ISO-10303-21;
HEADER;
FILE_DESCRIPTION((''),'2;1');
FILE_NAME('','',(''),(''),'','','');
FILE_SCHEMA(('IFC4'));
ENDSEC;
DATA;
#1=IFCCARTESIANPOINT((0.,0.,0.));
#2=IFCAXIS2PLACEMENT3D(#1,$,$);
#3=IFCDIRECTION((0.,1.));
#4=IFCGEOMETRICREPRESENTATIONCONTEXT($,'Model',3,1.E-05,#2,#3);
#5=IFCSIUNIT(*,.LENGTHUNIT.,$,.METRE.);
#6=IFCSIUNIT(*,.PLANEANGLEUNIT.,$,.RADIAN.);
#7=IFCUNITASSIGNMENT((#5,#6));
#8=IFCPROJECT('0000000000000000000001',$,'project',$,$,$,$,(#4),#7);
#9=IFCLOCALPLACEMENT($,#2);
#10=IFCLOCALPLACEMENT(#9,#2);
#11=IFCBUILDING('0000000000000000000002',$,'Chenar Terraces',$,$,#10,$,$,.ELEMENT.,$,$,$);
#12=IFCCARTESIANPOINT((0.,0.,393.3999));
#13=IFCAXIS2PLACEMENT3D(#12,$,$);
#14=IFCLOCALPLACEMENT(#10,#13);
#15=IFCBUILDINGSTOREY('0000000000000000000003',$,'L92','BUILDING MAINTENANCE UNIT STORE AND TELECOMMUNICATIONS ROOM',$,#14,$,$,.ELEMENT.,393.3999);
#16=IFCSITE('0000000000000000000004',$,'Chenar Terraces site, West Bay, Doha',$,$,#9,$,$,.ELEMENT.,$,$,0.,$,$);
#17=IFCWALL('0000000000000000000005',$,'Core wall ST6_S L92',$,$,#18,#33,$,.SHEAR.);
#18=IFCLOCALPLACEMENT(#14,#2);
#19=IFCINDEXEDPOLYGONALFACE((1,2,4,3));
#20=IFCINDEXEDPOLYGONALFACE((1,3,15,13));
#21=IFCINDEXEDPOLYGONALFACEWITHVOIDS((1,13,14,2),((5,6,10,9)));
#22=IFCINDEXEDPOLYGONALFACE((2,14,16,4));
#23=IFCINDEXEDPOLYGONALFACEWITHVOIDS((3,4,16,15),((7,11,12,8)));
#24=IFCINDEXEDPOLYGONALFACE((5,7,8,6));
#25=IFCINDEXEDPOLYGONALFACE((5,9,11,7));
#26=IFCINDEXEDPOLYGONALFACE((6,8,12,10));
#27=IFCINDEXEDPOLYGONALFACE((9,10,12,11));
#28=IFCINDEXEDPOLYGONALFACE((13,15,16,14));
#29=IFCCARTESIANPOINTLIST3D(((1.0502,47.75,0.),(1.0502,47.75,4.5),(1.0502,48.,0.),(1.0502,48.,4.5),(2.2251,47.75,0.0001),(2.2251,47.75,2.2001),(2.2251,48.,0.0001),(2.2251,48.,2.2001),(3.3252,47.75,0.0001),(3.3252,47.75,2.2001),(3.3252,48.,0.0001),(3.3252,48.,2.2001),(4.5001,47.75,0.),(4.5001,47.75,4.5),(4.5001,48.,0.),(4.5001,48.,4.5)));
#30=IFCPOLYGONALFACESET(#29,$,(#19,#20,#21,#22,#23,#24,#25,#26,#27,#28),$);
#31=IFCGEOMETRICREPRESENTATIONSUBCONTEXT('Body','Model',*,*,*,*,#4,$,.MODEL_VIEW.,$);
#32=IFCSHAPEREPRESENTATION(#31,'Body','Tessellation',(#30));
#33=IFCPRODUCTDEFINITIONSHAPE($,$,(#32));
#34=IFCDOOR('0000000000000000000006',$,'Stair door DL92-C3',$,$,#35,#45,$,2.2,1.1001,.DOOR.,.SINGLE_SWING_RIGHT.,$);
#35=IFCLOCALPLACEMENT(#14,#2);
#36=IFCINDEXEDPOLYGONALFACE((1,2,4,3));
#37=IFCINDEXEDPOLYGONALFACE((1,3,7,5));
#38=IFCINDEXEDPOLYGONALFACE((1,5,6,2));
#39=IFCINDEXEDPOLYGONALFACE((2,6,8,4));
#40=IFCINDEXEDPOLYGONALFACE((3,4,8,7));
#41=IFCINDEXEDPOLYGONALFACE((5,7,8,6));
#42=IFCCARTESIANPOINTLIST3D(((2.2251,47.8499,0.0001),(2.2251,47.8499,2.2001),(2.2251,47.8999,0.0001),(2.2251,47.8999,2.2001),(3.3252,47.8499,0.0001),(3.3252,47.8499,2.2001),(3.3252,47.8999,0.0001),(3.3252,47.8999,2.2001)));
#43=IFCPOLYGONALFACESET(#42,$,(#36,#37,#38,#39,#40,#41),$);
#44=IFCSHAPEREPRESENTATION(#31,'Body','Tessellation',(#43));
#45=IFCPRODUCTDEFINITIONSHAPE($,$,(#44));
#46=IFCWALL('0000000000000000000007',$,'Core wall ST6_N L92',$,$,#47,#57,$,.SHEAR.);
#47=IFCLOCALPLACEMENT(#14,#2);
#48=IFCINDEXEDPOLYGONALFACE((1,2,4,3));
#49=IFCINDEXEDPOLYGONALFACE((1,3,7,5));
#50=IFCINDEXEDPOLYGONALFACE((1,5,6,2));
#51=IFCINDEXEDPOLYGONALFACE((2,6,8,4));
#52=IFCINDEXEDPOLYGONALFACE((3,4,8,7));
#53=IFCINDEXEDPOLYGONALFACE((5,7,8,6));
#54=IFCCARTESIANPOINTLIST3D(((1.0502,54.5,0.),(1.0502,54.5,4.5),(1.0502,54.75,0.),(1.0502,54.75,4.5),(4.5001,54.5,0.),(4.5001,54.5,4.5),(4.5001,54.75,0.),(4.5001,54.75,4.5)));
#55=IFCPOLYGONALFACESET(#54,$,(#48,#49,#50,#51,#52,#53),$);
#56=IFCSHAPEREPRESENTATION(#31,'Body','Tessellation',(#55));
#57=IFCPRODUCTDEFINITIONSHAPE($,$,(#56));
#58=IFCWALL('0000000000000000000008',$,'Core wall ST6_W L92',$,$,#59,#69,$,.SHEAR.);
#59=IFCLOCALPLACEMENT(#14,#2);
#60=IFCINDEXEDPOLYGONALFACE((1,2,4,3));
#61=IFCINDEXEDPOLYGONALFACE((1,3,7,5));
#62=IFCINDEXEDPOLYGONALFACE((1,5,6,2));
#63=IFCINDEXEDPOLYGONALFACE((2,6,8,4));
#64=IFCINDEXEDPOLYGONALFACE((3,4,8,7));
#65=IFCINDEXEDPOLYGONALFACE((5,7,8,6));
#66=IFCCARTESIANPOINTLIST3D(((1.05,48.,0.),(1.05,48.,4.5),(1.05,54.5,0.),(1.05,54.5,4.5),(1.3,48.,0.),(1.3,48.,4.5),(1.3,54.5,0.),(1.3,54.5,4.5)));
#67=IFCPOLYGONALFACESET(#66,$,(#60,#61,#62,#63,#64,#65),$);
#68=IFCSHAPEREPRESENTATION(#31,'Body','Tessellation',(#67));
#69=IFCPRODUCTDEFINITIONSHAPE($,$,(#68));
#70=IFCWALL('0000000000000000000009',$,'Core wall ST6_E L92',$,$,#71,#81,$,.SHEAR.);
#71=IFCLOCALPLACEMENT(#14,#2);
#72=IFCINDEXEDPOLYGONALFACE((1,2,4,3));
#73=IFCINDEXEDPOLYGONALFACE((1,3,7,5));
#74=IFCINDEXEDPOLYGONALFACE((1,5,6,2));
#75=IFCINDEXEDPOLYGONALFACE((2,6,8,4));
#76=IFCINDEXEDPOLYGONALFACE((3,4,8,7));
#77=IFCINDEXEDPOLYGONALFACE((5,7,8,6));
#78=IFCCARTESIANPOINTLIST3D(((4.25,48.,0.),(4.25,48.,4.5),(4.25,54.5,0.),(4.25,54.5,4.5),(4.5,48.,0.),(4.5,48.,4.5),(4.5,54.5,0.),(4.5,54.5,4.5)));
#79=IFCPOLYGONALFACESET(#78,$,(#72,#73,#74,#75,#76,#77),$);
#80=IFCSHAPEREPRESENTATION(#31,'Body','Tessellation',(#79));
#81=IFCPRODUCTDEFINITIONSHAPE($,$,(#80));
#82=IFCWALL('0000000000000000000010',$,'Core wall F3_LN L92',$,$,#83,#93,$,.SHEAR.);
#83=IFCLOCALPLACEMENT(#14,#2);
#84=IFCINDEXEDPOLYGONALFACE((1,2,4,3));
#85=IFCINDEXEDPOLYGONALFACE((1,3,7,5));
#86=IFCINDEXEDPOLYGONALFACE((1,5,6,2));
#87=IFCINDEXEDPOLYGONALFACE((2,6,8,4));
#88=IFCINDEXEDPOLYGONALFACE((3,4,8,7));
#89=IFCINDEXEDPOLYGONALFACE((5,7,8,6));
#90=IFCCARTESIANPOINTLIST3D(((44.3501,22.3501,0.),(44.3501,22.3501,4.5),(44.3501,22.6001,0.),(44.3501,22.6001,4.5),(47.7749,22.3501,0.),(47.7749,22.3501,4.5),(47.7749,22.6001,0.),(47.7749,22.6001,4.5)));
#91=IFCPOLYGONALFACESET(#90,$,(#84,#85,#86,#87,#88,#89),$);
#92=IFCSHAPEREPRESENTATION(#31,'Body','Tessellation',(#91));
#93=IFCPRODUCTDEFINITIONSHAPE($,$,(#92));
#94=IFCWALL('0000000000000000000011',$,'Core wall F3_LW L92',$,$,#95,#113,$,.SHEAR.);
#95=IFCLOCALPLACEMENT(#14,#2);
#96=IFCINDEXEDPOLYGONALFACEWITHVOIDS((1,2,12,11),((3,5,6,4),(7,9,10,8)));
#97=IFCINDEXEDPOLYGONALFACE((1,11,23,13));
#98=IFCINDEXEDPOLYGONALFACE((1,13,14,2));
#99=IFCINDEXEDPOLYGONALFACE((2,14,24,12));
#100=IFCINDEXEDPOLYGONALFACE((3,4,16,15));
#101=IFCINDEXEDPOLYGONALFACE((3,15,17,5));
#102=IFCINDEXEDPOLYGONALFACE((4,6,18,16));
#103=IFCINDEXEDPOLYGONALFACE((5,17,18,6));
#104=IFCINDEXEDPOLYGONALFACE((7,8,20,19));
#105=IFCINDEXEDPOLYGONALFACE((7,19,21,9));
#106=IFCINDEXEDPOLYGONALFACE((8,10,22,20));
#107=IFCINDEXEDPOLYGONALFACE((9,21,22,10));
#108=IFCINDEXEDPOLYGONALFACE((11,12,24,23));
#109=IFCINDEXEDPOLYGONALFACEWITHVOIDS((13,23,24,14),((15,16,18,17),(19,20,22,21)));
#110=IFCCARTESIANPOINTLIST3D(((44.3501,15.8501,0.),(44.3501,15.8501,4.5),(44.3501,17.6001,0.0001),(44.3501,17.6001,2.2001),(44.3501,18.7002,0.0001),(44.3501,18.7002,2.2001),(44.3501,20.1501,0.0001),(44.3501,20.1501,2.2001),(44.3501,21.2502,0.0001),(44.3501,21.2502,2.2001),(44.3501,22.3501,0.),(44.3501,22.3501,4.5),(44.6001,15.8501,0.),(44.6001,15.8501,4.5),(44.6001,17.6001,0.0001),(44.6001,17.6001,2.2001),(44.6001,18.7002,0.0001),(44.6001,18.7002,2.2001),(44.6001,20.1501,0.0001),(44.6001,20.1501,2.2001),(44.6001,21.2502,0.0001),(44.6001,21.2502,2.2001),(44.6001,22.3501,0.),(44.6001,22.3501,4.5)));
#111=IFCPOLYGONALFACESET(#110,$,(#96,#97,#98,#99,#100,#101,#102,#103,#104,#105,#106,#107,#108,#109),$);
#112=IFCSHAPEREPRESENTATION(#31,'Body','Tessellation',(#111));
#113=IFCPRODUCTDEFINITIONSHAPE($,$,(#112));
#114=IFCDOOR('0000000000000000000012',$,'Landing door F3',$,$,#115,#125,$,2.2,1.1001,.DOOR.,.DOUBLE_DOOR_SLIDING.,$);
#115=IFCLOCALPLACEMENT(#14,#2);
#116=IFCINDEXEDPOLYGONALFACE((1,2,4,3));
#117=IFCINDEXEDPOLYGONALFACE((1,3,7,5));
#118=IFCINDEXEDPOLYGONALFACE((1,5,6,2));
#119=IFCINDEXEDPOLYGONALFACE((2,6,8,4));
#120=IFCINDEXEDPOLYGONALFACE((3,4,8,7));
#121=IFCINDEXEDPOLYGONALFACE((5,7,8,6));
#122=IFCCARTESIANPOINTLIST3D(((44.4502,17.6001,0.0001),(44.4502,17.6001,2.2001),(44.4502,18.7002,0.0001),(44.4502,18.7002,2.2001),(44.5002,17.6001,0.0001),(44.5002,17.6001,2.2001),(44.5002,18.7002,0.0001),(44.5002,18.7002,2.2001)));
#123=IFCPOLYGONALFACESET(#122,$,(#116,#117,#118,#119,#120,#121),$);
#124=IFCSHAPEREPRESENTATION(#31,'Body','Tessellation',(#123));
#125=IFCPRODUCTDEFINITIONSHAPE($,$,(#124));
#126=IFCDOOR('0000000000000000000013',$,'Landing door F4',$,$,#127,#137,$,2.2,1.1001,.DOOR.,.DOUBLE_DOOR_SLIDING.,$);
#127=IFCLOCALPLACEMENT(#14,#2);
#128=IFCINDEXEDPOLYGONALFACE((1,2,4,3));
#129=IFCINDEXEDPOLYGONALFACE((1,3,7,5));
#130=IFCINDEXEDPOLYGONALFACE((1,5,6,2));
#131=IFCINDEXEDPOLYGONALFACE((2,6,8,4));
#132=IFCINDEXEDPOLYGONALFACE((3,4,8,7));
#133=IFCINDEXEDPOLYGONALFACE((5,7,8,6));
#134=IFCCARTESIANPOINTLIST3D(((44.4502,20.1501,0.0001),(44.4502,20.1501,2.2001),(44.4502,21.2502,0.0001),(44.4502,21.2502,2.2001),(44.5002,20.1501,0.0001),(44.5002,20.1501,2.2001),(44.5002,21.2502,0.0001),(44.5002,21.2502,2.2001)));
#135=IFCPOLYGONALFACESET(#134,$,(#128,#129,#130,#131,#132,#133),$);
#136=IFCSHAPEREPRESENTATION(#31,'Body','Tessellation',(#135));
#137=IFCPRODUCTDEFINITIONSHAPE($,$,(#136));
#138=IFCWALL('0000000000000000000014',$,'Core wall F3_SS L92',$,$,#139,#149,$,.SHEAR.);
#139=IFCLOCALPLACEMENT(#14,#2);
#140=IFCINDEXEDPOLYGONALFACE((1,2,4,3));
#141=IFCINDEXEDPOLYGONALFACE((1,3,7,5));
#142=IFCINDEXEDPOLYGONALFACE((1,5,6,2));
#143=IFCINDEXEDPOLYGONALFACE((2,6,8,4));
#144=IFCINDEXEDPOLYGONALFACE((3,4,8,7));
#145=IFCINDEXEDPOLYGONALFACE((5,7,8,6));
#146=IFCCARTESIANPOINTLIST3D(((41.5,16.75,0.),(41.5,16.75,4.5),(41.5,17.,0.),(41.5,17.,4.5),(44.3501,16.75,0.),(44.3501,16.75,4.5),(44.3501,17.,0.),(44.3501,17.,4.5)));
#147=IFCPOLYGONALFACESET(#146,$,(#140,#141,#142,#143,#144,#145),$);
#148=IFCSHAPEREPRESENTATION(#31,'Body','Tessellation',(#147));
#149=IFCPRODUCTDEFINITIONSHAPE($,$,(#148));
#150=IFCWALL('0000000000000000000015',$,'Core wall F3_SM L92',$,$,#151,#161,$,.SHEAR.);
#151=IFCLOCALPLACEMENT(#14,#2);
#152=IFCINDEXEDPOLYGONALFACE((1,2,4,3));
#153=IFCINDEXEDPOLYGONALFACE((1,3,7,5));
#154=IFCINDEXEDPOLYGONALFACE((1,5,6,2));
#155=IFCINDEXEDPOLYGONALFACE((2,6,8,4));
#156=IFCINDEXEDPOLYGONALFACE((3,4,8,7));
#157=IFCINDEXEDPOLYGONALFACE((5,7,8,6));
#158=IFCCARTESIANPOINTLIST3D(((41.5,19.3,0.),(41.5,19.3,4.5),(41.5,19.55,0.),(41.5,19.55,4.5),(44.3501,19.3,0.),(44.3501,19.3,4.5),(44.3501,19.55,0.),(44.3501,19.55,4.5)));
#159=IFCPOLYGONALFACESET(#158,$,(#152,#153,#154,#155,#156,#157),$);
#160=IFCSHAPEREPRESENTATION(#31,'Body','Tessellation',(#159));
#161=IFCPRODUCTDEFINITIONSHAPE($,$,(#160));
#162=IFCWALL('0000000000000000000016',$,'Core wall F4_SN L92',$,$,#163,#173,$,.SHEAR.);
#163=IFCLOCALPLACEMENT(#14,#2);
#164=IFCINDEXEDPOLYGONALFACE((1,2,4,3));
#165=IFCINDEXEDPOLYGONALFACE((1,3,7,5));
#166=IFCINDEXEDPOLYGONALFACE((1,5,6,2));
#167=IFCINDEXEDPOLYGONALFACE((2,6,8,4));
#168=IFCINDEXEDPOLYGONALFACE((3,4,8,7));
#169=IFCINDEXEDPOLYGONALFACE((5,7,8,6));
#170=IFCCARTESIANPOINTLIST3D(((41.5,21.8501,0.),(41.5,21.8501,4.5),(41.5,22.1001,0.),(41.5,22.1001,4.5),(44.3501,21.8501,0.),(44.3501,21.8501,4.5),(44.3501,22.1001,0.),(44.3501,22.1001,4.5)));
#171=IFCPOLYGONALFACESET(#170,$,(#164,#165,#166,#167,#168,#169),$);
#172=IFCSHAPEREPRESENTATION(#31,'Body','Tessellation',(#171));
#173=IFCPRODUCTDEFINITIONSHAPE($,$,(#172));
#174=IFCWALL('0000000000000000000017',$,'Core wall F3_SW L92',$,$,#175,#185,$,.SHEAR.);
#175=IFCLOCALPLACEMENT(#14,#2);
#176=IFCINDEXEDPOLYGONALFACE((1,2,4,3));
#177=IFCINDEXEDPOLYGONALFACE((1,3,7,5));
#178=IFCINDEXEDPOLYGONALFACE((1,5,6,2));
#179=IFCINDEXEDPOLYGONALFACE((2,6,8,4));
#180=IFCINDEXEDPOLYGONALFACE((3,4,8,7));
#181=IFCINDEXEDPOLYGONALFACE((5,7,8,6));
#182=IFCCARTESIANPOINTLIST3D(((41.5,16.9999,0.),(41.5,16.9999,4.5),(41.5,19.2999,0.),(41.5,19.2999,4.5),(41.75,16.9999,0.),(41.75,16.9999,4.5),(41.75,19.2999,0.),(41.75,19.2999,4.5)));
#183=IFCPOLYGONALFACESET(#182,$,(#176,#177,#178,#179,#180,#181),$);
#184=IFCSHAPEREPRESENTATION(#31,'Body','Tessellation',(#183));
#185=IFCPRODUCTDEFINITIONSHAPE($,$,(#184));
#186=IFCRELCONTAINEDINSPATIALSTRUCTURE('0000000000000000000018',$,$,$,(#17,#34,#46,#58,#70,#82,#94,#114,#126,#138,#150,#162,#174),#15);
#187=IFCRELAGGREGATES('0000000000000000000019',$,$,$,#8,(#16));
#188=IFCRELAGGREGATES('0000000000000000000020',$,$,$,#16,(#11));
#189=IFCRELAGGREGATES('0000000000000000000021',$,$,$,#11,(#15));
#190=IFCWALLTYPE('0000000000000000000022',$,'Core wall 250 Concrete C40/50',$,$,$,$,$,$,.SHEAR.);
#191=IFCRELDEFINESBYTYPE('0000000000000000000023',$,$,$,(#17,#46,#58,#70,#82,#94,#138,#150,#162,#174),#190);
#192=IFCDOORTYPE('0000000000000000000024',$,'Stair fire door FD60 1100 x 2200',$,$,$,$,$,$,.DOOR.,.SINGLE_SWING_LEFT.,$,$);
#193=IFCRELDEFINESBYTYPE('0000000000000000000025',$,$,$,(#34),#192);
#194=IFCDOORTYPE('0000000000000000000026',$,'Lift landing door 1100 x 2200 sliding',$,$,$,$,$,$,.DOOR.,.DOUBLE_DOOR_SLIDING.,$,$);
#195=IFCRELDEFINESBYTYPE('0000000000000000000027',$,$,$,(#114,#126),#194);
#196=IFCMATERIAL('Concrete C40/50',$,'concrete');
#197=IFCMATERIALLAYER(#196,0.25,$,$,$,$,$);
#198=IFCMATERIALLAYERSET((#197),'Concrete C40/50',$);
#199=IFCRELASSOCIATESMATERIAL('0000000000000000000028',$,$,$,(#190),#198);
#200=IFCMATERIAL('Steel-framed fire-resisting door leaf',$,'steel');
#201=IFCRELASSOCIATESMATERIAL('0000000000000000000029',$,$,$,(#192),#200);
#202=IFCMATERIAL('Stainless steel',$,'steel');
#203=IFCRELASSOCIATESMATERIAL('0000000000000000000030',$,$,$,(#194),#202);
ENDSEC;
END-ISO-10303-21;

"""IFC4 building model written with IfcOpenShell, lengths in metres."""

from ifc_helpers import new_model, si_unit, direction, frame, frame_2d, origin, place, context, subcontext, project, spatial, rectangle, extrude, material, layer, layer_set, type_object, element, fill, save


model = new_model("IFC4")

# Units and contexts
model_context = context("Model", 3, precision=1e-05, world=origin(), true_north=direction((0.0, 1.0)))
body_context = subcontext(model_context, "Body", "Model", "MODEL_VIEW")
ifc_project = project(units=[si_unit("LENGTHUNIT", "METRE"), si_unit("PLANEANGLEUNIT", "RADIAN")], contexts=[model_context])

# Site, building, storey
site_placement = place(None, origin())
site = spatial("IfcSite", under=ifc_project, at=site_placement, Name="Chenar Terraces site, West Bay, Doha", CompositionType="ELEMENT", RefElevation=0.0)
building_placement = place(site_placement, origin())
building = spatial("IfcBuilding", under=site, at=building_placement, Name="Chenar Terraces", CompositionType="ELEMENT")
storey_placement = place(building_placement, frame((0.0, 0.0, 393.3999)))
storey = spatial("IfcBuildingStorey", under=building, at=storey_placement, Name="L92", Description="BUILDING MAINTENANCE UNIT STORE AND TELECOMMUNICATIONS ROOM", CompositionType="ELEMENT", Elevation=393.3999)

# Shared definitions
ifc_material_1 = material(Name="Concrete C40/50", Category="concrete")
ifc_layer_1 = layer(ifc_material_1, 0.25)
ifc_layer_set_1 = layer_set([ifc_layer_1], Name="Concrete C40/50")
wall_type_1 = type_object("IfcWallType", Name="Core wall 250 Concrete C40/50", PredefinedType="SHEAR", material=ifc_layer_set_1)

# Wall, opening, door
wall_1_placement = place(storey_placement, frame((1.05, 47.875, 0.0), z_axis=(0.0, 0.0, 1.0), x_axis=(1.0, 0.0, 0.0)))
wall_1 = element("IfcWall", 1, at=wall_1_placement, inside=storey, type_object=wall_type_1, Name="Core wall ST6_S L92", PredefinedType="SHEAR", context=body_context, shape_type="SweptSolid", body=[
    extrude(rectangle(XDim=3.45, YDim=0.25, at=frame_2d((1.7251, 0.0))), origin(), (0.0, 0.0, 1.0), 4.5),
])
opening_1_placement = place(wall_1_placement, frame((1.175, 0.0, 0.0)))
opening_1 = element("IfcOpeningElement", 2, at=opening_1_placement, cuts=wall_1, PredefinedType="OPENING", context=body_context, shape_type="SweptSolid", body=[
    extrude(rectangle(XDim=1.1001, YDim=2.2, at=frame_2d((0.55, 1.1001))), frame((0.0, 0.135, 0.0), z_axis=(0.0, -1.0, 0.0), x_axis=(1.0, 0.0, 0.0)), (0.0, 0.0, 1.0), 0.27),
])
ifc_material_2 = material(Name="Steel-framed fire-resisting door leaf", Category="steel")
door_type_1 = type_object("IfcDoorType", Name="Stair fire door FD60 1100 x 2200", OperationType="SINGLE_SWING_LEFT", PredefinedType="DOOR", material=ifc_material_2)
door_1_placement = place(opening_1_placement, origin())
door_1 = element("IfcDoor", 3, at=door_1_placement, inside=storey, type_object=door_type_1, Name="Stair door DL92-C3", OperationType="SINGLE_SWING_RIGHT", OverallHeight=2.2, OverallWidth=1.1001, PredefinedType="DOOR", context=body_context, shape_type="SweptSolid", body=[
    extrude(rectangle(XDim=1.1001, YDim=2.2, at=frame_2d((0.55, 1.1001))), frame((0.0, 0.0249, 0.0), z_axis=(0.0, -1.0, 0.0), x_axis=(1.0, 0.0, 0.0)), (0.0, 0.0, 1.0), 0.05),
])
fill(opening_1, door_1)

# Walls
wall_2_placement = place(storey_placement, frame((1.05, 54.625, 0.0), z_axis=(0.0, 0.0, 1.0), x_axis=(1.0, 0.0, 0.0)))
element("IfcWall", 4, at=wall_2_placement, inside=storey, type_object=wall_type_1, Name="Core wall ST6_N L92", PredefinedType="SHEAR", context=body_context, shape_type="SweptSolid", body=[
    extrude(rectangle(XDim=3.45, YDim=0.25, at=frame_2d((1.7251, 0.0))), origin(), (0.0, 0.0, 1.0), 4.5),
])
for number, where, z_axis, x_axis, name in (
    (5, (1.175, 48.0, 0.0), (0.0, 0.0, 1.0), (0.0, 1.0, 0.0), "Core wall ST6_W L92"),
    (6, (4.375, 48.0, 0.0), (0.0, 0.0, 1.0), (0.0, 1.0, 0.0), "Core wall ST6_E L92"),
):
    element("IfcWall", number, at=place(storey_placement, frame(where, z_axis=z_axis, x_axis=x_axis)), inside=storey, type_object=wall_type_1, Name=name, PredefinedType="SHEAR", context=body_context, shape_type="SweptSolid", body=[
        extrude(rectangle(XDim=6.5, YDim=0.25, at=frame_2d((3.25, 0.0))), origin(), (0.0, 0.0, 1.0), 4.5),
    ])
wall_3_placement = place(storey_placement, frame((44.3501, 22.4751, 0.0), z_axis=(0.0, 0.0, 1.0), x_axis=(1.0, 0.0, 0.0)))
element("IfcWall", 7, at=wall_3_placement, inside=storey, type_object=wall_type_1, Name="Core wall F3_LN L92", PredefinedType="SHEAR", context=body_context, shape_type="SweptSolid", body=[
    extrude(rectangle(XDim=3.4248, YDim=0.25, at=frame_2d((1.7124, 0.0))), origin(), (0.0, 0.0, 1.0), 4.5),
])

# Wall, openings, doors
wall_4_placement = place(storey_placement, frame((44.4751, 15.8501, 0.0), z_axis=(0.0, 0.0, 1.0), x_axis=(0.0, 1.0, 0.0)))
wall_4 = element("IfcWall", 8, at=wall_4_placement, inside=storey, type_object=wall_type_1, Name="Core wall F3_LW L92", PredefinedType="SHEAR", context=body_context, shape_type="SweptSolid", body=[
    extrude(rectangle(XDim=6.5, YDim=0.25, at=frame_2d((3.25, 0.0))), origin(), (0.0, 0.0, 1.0), 4.5),
])
opening_2_placement = place(wall_4_placement, frame((1.75, 0.0, 0.0)))
opening_2 = element("IfcOpeningElement", 9, at=opening_2_placement, cuts=wall_4, PredefinedType="OPENING", context=body_context, shape_type="SweptSolid", body=[
    extrude(rectangle(XDim=1.1001, YDim=2.2, at=frame_2d((0.55, 1.1001))), frame((0.0, 0.135, 0.0), z_axis=(0.0, -1.0, 0.0), x_axis=(1.0, 0.0, 0.0)), (0.0, 0.0, 1.0), 0.27),
])
opening_3_placement = place(wall_4_placement, frame((4.3, 0.0, 0.0)))
opening_3 = element("IfcOpeningElement", 10, at=opening_3_placement, cuts=wall_4, PredefinedType="OPENING", context=body_context, shape_type="SweptSolid", body=[
    extrude(rectangle(XDim=1.1001, YDim=2.2, at=frame_2d((0.55, 1.1001))), frame((0.0, 0.135, 0.0), z_axis=(0.0, -1.0, 0.0), x_axis=(1.0, 0.0, 0.0)), (0.0, 0.0, 1.0), 0.27),
])
ifc_material_3 = material(Name="Stainless steel", Category="steel")
door_type_2 = type_object("IfcDoorType", Name="Lift landing door 1100 x 2200 sliding", OperationType="DOUBLE_DOOR_SLIDING", PredefinedType="DOOR", material=ifc_material_3)
door_2_placement = place(opening_2_placement, origin())
door_2 = element("IfcDoor", 11, at=door_2_placement, inside=storey, type_object=door_type_2, Name="Landing door F3", OperationType="DOUBLE_DOOR_SLIDING", OverallHeight=2.2, OverallWidth=1.1001, PredefinedType="DOOR", context=body_context, shape_type="SweptSolid", body=[
    extrude(rectangle(XDim=1.1001, YDim=2.2, at=frame_2d((0.55, 1.1001))), frame((0.0, 0.0249, 0.0), z_axis=(0.0, -1.0, 0.0), x_axis=(1.0, 0.0, 0.0)), (0.0, 0.0, 1.0), 0.05),
])
fill(opening_2, door_2)
door_3_placement = place(opening_3_placement, origin())
door_3 = element("IfcDoor", 12, at=door_3_placement, inside=storey, type_object=door_type_2, Name="Landing door F4", OperationType="DOUBLE_DOOR_SLIDING", OverallHeight=2.2, OverallWidth=1.1001, PredefinedType="DOOR", context=body_context, shape_type="SweptSolid", body=[
    extrude(rectangle(XDim=1.1001, YDim=2.2, at=frame_2d((0.55, 1.1001))), frame((0.0, 0.0249, 0.0), z_axis=(0.0, -1.0, 0.0), x_axis=(1.0, 0.0, 0.0)), (0.0, 0.0, 1.0), 0.05),
])
fill(opening_3, door_3)

# Walls
for number, where, z_axis, x_axis, name in (
    (13, (41.5, 16.875, 0.0), (0.0, 0.0, 1.0), (1.0, 0.0, 0.0), "Core wall F3_SS L92"),
    (14, (41.5, 19.425, 0.0), (0.0, 0.0, 1.0), (1.0, 0.0, 0.0), "Core wall F3_SM L92"),
    (15, (41.5, 21.9751, 0.0), (0.0, 0.0, 1.0), (1.0, 0.0, 0.0), "Core wall F4_SN L92"),
):
    element("IfcWall", number, at=place(storey_placement, frame(where, z_axis=z_axis, x_axis=x_axis)), inside=storey, type_object=wall_type_1, Name=name, PredefinedType="SHEAR", context=body_context, shape_type="SweptSolid", body=[
        extrude(rectangle(XDim=2.8501, YDim=0.25, at=frame_2d((1.425, 0.0))), origin(), (0.0, 0.0, 1.0), 4.5),
    ])
for number, where, z_axis, x_axis, name in (
    (16, (41.625, 17.0, 0.0), (0.0, 0.0, 1.0), (0.0, 1.0, 0.0), "Core wall F3_SW L92"),
):
    element("IfcWall", number, at=place(storey_placement, frame(where, z_axis=z_axis, x_axis=x_axis)), inside=storey, type_object=wall_type_1, Name=name, PredefinedType="SHEAR", context=body_context, shape_type="SweptSolid", body=[
        extrude(rectangle(XDim=2.3, YDim=0.25, at=frame_2d((1.1499, 0.0))), origin(), (0.0, 0.0, 1.0), 4.5),
    ])

save(model, "model.ifc")
